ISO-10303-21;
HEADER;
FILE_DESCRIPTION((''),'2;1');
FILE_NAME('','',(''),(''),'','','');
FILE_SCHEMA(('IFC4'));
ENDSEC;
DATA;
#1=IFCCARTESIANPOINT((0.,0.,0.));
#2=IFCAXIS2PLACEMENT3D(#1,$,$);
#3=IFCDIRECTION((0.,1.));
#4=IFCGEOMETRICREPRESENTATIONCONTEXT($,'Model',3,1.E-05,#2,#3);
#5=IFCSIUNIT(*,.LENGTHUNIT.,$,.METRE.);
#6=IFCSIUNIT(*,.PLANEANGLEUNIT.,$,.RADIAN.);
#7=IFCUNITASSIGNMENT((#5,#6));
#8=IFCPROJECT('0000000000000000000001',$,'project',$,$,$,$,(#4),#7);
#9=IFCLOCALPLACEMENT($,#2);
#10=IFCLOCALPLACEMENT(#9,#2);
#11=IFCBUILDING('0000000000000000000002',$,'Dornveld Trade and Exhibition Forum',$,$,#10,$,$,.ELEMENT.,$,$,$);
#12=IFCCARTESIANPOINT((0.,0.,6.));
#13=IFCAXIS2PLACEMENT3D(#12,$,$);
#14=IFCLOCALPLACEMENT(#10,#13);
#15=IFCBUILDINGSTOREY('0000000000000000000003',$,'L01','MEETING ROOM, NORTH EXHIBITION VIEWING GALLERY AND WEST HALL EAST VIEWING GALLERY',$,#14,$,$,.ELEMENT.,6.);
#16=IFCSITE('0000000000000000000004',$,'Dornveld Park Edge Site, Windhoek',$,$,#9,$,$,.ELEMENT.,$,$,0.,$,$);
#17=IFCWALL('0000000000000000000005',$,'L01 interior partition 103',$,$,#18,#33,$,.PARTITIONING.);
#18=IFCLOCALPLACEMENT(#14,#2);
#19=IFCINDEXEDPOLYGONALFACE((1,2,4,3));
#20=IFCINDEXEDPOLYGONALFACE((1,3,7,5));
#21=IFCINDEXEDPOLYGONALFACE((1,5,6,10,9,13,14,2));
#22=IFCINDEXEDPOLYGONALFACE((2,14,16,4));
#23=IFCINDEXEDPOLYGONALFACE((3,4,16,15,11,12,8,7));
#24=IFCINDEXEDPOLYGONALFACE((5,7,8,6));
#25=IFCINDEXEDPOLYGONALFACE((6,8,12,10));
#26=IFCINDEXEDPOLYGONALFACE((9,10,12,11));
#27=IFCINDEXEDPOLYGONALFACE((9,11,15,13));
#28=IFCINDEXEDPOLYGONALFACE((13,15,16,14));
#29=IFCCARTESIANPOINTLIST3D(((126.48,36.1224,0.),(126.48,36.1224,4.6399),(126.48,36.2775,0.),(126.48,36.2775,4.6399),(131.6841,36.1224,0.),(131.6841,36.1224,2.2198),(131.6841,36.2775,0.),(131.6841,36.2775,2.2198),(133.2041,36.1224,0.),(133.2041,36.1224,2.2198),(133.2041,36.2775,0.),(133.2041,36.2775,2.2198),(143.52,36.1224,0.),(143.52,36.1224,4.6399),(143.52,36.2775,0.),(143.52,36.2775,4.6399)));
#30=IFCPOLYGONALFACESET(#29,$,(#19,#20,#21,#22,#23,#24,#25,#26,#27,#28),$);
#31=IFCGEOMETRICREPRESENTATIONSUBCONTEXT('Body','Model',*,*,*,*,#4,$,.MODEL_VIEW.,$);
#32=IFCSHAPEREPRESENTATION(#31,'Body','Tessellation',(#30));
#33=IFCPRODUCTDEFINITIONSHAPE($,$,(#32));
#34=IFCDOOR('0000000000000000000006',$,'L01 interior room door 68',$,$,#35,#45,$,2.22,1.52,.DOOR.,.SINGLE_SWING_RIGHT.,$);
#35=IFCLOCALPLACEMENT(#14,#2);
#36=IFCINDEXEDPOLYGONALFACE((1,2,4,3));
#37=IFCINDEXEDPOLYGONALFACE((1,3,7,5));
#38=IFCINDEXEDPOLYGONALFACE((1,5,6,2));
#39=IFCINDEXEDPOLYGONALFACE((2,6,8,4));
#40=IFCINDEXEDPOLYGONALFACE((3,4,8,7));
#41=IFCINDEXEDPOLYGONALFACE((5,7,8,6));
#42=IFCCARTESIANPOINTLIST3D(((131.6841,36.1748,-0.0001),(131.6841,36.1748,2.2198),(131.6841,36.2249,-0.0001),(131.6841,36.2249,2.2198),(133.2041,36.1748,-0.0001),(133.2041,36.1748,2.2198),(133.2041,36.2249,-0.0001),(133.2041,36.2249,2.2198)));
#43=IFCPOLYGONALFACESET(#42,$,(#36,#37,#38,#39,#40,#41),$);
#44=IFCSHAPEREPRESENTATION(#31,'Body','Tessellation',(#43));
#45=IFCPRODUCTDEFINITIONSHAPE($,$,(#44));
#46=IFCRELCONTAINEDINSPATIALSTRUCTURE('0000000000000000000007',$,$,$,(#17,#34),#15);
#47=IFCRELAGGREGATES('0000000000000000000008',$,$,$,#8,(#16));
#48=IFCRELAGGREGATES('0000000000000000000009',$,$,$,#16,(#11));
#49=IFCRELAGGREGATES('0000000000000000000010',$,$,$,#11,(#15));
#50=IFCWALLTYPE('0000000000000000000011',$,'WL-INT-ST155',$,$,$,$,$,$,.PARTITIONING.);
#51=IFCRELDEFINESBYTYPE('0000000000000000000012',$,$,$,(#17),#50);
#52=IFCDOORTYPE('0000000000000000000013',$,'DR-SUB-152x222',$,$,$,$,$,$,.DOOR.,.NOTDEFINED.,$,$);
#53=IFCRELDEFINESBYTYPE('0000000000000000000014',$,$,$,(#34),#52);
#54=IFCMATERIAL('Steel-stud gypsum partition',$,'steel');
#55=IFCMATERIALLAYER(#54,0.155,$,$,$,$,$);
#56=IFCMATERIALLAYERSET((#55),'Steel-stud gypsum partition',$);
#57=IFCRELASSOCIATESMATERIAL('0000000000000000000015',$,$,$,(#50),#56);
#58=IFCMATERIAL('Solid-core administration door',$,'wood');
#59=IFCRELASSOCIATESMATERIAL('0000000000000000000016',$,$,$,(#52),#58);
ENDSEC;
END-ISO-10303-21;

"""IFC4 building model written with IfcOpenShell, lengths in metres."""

from ifc_helpers import new_model, si_unit, direction, frame, frame_2d, origin, place, context, subcontext, project, spatial, rectangle, extrude, material, layer, layer_set, type_object, element, fill, save


model = new_model("IFC4")

# Units and contexts
model_context = context("Model", 3, precision=1e-05, world=origin(), true_north=direction((0.0, 1.0)))
body_context = subcontext(model_context, "Body", "Model", "MODEL_VIEW")
ifc_project = project(units=[si_unit("LENGTHUNIT", "METRE"), si_unit("PLANEANGLEUNIT", "RADIAN")], contexts=[model_context])

# Site, building, storey
site_placement = place(None, origin())
site = spatial("IfcSite", under=ifc_project, at=site_placement, Name="Dornveld Park Edge Site, Windhoek", CompositionType="ELEMENT", RefElevation=0.0)
building_placement = place(site_placement, origin())
building = spatial("IfcBuilding", under=site, at=building_placement, Name="Dornveld Trade and Exhibition Forum", CompositionType="ELEMENT")
storey_placement = place(building_placement, frame((0.0, 0.0, 6.0)))
storey = spatial("IfcBuildingStorey", under=building, at=storey_placement, Name="L01", Description="MEETING ROOM, NORTH EXHIBITION VIEWING GALLERY AND WEST HALL EAST VIEWING GALLERY", CompositionType="ELEMENT", Elevation=6.0)

# Wall, opening, door
ifc_material_1 = material(Name="Steel-stud gypsum partition", Category="steel")
ifc_layer_1 = layer(ifc_material_1, 0.155)
ifc_layer_set_1 = layer_set([ifc_layer_1], Name="Steel-stud gypsum partition")
wall_type = type_object("IfcWallType", Name="WL-INT-ST155", PredefinedType="PARTITIONING", material=ifc_layer_set_1)
wall_placement = place(storey_placement, frame((126.48, 36.2, 0.0), z_axis=(0.0, 0.0, 1.0), x_axis=(1.0, 0.0, 0.0)))
wall = element("IfcWall", 1, at=wall_placement, inside=storey, type_object=wall_type, Name="L01 interior partition 103", PredefinedType="PARTITIONING", context=body_context, shape_type="SweptSolid", body=[
    extrude(rectangle(XDim=17.04, YDim=0.155, at=frame_2d((8.52, 0.0))), origin(), (0.0, 0.0, 1.0), 4.6399),
])
opening_placement = place(wall_placement, frame((5.2041, 0.0, 0.0)))
opening = element("IfcOpeningElement", 2, at=opening_placement, cuts=wall, PredefinedType="OPENING", context=body_context, shape_type="SweptSolid", body=[
    extrude(rectangle(XDim=1.52, YDim=2.22, at=frame_2d((0.76, 1.1099))), frame((0.0, 0.0874, 0.0), z_axis=(0.0, -1.0, 0.0), x_axis=(1.0, 0.0, 0.0)), (0.0, 0.0, 1.0), 0.175),
])
ifc_material_2 = material(Name="Solid-core administration door", Category="wood")
door_type = type_object("IfcDoorType", Name="DR-SUB-152x222", OperationType="NOTDEFINED", PredefinedType="DOOR", material=ifc_material_2)
door_placement = place(opening_placement, origin())
door = element("IfcDoor", 3, at=door_placement, inside=storey, type_object=door_type, Name="L01 interior room door 68", OperationType="SINGLE_SWING_RIGHT", OverallHeight=2.22, OverallWidth=1.52, PredefinedType="DOOR", context=body_context, shape_type="SweptSolid", body=[
    extrude(rectangle(XDim=1.52, YDim=2.22, at=frame_2d((0.76, 1.1099))), frame((0.0, 0.0249, 0.0), z_axis=(0.0, -1.0, 0.0), x_axis=(1.0, 0.0, 0.0)), (0.0, 0.0, 1.0), 0.05),
])
fill(opening, door)

save(model, "model.ifc")
